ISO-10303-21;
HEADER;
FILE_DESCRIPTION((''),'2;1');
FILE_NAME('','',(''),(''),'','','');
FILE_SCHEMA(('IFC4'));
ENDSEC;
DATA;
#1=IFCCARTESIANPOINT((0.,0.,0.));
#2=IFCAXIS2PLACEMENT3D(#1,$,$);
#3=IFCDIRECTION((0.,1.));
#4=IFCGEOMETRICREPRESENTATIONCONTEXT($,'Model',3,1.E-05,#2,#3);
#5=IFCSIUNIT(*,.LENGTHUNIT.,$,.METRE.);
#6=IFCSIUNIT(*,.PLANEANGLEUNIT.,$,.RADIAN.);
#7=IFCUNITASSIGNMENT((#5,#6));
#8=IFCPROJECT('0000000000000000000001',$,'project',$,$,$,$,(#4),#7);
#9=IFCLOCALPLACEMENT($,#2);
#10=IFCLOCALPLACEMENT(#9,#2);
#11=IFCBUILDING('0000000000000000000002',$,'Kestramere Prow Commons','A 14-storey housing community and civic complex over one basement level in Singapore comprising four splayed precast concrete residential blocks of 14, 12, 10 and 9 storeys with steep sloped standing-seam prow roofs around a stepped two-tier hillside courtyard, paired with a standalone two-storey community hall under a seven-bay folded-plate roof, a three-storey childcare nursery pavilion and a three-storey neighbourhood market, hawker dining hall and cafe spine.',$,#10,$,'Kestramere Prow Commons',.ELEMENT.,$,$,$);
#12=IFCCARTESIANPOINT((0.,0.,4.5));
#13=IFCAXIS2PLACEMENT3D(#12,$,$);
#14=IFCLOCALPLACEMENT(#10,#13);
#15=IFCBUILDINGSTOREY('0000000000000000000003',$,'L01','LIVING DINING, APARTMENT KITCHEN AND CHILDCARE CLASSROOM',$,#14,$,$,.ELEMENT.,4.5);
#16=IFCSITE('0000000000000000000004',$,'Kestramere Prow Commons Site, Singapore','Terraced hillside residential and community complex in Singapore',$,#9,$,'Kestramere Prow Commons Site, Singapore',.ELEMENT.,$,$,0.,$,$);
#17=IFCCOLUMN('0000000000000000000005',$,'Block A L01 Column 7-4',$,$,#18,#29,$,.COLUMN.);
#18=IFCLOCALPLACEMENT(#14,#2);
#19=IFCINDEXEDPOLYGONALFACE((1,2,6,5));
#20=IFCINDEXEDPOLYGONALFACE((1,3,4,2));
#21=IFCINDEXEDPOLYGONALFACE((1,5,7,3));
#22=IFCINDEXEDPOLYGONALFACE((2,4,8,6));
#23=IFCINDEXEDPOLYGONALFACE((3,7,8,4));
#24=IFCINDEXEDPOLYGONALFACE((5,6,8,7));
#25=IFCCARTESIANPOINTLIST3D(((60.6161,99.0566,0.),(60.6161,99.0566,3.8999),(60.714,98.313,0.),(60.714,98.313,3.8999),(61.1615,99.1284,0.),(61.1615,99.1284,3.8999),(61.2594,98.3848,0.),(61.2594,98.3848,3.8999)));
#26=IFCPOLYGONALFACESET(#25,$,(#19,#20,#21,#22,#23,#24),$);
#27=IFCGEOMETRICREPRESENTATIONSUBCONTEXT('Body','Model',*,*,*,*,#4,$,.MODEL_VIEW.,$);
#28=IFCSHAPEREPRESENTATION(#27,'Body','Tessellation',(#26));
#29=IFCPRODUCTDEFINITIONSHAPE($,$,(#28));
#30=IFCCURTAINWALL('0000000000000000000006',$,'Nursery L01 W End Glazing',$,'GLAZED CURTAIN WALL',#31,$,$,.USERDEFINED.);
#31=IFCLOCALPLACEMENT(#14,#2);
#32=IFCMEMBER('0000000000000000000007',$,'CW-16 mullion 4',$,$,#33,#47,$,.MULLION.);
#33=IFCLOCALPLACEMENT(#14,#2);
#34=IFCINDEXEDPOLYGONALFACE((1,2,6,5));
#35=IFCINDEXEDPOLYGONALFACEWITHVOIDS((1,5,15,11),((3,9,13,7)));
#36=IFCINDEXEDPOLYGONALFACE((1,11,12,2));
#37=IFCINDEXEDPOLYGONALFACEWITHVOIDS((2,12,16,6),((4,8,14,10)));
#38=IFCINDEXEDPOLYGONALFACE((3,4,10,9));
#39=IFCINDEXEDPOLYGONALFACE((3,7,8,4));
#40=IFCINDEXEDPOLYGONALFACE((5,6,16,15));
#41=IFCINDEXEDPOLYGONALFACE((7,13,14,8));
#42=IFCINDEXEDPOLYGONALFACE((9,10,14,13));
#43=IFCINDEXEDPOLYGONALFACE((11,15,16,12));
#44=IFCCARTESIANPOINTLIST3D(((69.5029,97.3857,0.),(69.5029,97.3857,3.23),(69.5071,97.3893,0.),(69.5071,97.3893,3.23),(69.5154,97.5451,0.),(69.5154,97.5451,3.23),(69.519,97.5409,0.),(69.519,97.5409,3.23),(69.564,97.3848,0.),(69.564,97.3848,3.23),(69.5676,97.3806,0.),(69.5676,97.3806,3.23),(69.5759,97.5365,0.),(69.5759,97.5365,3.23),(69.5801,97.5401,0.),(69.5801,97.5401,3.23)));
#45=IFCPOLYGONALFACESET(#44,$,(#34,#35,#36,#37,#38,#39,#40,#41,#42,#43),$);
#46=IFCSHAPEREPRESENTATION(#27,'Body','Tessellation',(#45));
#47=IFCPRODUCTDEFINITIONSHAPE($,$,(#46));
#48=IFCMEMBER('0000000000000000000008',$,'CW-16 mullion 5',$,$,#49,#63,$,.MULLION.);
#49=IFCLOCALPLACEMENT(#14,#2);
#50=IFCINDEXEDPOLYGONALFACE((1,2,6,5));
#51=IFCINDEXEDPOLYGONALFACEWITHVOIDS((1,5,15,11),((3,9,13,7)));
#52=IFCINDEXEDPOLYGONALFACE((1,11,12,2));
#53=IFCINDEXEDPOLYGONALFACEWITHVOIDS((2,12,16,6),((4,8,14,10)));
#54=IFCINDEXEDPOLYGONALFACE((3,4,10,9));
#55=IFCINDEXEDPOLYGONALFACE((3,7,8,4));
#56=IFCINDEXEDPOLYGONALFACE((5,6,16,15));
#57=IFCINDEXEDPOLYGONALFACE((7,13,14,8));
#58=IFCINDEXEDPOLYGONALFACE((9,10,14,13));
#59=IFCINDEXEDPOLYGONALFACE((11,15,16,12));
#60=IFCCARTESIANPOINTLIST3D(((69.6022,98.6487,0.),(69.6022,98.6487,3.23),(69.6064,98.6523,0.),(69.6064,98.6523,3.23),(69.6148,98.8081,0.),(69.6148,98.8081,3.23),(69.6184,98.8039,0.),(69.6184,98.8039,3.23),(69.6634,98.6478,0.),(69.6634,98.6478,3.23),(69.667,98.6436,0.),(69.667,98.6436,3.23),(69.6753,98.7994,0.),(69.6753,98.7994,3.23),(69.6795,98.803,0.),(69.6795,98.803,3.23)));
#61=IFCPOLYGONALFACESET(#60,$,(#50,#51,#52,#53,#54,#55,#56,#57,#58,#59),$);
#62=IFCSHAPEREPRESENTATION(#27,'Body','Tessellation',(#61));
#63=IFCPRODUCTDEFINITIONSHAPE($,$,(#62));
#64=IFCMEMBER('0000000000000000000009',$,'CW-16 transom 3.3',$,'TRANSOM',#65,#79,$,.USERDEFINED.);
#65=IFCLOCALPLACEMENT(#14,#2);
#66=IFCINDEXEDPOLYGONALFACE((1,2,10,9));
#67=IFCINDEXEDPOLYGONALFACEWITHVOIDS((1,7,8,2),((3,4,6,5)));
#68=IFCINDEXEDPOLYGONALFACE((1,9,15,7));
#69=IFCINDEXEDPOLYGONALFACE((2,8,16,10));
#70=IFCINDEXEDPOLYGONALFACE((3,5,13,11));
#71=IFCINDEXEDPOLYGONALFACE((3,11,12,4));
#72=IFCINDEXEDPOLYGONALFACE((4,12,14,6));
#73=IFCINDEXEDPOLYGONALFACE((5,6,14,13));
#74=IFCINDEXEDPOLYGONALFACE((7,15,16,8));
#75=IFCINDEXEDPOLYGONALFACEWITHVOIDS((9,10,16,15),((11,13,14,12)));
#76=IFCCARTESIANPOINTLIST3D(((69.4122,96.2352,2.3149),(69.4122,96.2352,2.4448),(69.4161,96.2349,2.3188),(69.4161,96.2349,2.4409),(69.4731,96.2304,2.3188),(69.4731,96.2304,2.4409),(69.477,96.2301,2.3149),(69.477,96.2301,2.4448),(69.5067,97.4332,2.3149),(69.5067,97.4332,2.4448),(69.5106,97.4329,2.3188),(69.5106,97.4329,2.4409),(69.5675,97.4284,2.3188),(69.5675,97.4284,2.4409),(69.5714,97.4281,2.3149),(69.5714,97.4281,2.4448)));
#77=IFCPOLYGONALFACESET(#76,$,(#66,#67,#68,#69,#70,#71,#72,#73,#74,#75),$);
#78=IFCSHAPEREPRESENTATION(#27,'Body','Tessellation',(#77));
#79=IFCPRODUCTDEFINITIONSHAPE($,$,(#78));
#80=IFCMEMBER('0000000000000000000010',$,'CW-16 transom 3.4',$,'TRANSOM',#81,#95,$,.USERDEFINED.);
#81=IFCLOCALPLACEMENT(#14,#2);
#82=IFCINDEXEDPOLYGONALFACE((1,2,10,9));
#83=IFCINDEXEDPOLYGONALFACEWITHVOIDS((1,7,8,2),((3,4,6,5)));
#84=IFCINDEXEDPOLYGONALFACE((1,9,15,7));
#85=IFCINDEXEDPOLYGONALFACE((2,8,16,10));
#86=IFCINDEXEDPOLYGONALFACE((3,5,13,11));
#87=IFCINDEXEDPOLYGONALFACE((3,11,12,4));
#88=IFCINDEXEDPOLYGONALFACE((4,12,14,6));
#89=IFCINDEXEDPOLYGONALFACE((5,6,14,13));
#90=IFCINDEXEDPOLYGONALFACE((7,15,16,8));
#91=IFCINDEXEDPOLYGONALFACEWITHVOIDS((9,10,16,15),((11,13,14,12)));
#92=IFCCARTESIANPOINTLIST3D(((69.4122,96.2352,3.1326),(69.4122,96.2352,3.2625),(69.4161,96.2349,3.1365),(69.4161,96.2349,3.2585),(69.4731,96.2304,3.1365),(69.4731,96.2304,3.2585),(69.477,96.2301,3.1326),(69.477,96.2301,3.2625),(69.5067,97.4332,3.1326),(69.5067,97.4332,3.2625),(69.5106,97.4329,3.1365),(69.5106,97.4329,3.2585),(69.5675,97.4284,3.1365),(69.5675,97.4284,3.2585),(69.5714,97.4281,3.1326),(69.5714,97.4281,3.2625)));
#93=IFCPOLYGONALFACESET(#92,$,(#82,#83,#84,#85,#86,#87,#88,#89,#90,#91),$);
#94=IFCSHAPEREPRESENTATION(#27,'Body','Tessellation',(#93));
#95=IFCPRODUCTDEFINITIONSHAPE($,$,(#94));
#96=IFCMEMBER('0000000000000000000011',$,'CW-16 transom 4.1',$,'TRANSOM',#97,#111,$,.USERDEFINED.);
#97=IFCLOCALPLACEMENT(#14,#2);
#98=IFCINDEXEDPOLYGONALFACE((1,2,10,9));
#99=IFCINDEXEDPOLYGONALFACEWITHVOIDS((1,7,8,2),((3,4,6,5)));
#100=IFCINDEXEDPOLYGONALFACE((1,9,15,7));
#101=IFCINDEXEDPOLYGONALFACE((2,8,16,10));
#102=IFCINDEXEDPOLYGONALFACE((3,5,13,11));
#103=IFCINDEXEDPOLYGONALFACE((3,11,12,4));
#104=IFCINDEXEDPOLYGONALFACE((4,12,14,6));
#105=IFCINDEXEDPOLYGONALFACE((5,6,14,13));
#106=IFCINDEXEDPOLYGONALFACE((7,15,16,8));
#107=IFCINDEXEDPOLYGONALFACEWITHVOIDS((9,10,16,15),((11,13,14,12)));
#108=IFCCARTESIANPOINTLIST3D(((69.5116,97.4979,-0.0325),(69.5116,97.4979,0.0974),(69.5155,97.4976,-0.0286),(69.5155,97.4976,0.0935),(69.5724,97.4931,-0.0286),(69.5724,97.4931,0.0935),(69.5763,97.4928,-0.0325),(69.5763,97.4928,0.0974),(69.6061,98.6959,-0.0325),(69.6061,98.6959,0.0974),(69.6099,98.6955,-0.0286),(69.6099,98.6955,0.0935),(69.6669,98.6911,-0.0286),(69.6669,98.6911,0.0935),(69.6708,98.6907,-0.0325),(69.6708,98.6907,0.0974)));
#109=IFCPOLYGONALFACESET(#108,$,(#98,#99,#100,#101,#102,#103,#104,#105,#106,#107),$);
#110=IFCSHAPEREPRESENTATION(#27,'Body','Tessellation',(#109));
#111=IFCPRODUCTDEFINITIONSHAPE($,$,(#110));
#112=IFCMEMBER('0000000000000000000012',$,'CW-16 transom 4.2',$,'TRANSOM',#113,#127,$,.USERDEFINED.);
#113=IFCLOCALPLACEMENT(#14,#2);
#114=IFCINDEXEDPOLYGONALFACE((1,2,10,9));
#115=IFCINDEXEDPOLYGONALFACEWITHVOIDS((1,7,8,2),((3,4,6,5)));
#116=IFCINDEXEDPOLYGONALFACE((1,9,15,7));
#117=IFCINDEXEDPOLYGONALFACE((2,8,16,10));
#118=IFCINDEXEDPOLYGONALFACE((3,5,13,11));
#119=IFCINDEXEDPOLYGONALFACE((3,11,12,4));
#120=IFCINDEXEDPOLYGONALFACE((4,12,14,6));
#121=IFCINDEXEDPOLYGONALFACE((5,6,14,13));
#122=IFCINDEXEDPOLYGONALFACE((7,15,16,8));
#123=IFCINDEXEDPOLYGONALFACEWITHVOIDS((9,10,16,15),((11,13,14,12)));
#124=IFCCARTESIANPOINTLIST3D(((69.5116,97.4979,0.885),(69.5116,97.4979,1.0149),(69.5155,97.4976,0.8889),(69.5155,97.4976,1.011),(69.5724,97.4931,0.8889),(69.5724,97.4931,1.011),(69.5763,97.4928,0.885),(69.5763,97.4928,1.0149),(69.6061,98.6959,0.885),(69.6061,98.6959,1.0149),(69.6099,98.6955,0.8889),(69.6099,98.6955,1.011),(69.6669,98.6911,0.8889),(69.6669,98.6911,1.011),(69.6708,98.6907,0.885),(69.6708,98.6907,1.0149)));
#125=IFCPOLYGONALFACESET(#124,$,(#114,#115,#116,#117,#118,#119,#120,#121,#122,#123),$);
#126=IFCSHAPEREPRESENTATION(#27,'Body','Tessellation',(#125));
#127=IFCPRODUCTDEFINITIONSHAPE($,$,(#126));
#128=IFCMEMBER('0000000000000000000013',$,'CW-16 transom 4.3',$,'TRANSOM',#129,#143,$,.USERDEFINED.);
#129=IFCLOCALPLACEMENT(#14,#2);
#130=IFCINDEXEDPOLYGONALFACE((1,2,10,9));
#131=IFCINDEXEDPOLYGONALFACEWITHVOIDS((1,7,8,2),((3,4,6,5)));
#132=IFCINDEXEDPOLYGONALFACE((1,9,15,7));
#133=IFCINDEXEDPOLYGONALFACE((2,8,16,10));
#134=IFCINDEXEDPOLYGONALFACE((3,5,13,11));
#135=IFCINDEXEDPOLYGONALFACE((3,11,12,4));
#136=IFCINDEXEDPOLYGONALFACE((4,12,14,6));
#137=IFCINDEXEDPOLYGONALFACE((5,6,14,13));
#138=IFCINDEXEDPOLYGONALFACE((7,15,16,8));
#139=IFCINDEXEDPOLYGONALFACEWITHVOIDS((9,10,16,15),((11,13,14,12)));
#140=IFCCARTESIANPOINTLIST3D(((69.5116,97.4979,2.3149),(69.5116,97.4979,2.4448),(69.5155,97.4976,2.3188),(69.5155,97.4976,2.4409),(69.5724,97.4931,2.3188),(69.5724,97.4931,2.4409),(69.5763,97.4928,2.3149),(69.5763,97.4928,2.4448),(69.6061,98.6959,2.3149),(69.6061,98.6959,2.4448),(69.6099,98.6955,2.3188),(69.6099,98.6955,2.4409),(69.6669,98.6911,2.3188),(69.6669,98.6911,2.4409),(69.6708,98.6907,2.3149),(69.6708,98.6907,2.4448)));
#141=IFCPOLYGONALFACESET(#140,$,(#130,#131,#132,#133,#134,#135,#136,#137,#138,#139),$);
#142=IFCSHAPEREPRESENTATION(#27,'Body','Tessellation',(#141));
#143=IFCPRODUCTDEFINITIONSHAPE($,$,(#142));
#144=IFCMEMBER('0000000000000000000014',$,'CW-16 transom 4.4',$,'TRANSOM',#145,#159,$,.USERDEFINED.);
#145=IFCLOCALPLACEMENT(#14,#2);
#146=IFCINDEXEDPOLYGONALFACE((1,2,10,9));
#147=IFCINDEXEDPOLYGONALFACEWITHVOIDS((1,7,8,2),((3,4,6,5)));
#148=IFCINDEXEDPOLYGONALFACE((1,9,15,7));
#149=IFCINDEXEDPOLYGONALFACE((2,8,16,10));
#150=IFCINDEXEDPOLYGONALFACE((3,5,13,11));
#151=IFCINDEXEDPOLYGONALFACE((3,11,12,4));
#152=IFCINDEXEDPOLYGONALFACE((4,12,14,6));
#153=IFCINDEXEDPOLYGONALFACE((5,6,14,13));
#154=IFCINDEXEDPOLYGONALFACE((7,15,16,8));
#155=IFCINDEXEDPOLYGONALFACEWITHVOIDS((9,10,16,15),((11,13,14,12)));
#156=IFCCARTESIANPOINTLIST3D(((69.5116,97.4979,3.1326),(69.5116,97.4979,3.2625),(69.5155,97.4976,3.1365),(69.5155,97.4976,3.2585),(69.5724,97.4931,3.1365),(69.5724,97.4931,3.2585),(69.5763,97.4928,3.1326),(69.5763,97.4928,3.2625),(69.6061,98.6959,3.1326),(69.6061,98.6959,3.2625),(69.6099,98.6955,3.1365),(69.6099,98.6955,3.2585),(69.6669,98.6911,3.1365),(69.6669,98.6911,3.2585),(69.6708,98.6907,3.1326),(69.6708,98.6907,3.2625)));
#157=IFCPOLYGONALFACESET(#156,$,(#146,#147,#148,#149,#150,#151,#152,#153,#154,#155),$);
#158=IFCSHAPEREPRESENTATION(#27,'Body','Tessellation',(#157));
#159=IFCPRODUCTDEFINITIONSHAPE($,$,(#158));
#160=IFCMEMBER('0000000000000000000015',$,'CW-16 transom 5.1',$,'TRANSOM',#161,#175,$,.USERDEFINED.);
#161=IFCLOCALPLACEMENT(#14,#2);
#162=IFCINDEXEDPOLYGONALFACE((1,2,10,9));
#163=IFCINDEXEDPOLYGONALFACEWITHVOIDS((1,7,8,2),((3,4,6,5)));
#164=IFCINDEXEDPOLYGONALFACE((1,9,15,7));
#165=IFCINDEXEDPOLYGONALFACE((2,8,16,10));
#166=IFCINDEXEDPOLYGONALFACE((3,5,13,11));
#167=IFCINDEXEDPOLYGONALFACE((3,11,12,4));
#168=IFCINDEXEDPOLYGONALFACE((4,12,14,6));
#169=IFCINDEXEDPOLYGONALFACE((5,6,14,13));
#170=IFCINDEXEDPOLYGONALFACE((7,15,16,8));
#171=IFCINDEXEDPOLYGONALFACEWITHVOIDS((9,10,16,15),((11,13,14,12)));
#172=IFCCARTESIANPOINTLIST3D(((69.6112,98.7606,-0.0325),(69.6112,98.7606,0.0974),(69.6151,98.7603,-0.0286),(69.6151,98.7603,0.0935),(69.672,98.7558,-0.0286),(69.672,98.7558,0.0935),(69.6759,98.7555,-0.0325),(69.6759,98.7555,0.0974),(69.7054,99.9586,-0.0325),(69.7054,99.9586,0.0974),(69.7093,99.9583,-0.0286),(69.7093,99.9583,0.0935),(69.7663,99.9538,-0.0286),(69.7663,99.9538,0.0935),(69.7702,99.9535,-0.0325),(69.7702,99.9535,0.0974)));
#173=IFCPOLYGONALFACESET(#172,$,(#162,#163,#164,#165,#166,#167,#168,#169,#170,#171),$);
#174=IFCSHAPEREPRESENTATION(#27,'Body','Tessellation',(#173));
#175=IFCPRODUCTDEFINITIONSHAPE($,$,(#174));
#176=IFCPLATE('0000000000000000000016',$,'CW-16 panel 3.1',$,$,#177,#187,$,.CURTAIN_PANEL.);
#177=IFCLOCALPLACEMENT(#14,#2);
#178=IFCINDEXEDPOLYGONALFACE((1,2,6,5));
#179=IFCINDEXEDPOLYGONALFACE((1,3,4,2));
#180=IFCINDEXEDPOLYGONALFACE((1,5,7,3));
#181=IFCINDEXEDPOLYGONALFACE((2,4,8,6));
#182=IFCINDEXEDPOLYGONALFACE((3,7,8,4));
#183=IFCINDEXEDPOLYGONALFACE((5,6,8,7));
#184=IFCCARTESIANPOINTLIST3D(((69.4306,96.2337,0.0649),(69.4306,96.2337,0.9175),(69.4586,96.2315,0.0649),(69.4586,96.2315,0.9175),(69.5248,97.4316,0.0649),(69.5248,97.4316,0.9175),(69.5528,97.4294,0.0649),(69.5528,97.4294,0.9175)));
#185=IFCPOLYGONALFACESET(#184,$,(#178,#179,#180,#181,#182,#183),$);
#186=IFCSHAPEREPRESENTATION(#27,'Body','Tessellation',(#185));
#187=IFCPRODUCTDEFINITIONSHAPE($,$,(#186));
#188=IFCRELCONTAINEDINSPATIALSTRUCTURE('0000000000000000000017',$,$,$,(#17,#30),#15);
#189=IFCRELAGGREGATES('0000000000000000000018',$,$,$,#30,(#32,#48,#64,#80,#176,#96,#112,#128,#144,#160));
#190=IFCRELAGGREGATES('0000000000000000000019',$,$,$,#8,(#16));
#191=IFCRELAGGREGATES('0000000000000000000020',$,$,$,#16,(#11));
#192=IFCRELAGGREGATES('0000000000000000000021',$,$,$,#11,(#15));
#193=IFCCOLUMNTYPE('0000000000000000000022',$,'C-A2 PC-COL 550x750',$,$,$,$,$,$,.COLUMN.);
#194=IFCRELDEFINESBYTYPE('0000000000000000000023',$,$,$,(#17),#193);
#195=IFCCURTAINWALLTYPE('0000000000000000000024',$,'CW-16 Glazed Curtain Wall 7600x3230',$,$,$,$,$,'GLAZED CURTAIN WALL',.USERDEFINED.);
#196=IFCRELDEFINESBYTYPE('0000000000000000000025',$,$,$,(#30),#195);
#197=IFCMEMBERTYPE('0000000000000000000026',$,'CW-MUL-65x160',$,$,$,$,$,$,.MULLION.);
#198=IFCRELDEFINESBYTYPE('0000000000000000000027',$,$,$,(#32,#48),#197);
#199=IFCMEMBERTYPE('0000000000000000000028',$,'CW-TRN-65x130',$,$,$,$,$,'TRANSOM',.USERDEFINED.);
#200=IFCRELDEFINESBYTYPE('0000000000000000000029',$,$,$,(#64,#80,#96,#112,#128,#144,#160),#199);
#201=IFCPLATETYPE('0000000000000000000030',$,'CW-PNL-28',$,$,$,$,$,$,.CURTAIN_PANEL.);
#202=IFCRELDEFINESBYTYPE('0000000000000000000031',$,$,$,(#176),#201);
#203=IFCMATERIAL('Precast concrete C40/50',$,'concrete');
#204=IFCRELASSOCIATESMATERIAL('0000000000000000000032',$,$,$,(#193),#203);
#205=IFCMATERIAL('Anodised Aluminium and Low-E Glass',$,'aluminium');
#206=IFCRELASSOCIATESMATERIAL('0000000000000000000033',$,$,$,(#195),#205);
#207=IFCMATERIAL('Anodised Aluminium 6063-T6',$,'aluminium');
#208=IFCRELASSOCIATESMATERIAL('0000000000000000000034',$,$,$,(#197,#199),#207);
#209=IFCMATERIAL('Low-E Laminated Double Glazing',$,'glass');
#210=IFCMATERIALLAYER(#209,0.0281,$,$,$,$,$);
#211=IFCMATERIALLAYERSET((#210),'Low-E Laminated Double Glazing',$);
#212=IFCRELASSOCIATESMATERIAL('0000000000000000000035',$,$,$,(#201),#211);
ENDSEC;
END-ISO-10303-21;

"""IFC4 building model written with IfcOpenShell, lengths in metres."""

from ifc_helpers import new_model, si_unit, direction, frame, origin, origin_2d, place, context, subcontext, project, spatial, rectangle, hollow_rectangle, extrude, material, layer, layer_set, material_profile, profile_set, type_object, element, aggregate, save


model = new_model("IFC4")

# Units and contexts
model_context = context("Model", 3, precision=1e-05, world=origin(), true_north=direction((0.0, 1.0)))
body_context = subcontext(model_context, "Body", "Model", "MODEL_VIEW")
ifc_project = project(units=[si_unit("LENGTHUNIT", "METRE"), si_unit("PLANEANGLEUNIT", "RADIAN")], contexts=[model_context])

# Site, building, storey
site_placement = place(None, origin())
site = spatial("IfcSite", under=ifc_project, at=site_placement, Name="Kestramere Prow Commons Site, Singapore", Description="Terraced hillside residential and community complex in Singapore", LongName="Kestramere Prow Commons Site, Singapore", CompositionType="ELEMENT", RefElevation=0.0)
building_placement = place(site_placement, origin())
building = spatial("IfcBuilding", under=site, at=building_placement, Name="Kestramere Prow Commons", Description="A 14-storey housing community and civic complex over one basement level in Singapore comprising four splayed precast concrete residential blocks of 14, 12, 10 and 9 storeys with steep sloped standing-seam prow roofs around a stepped two-tier hillside courtyard, paired with a standalone two-storey community hall under a seven-bay folded-plate roof, a three-storey childcare nursery pavilion and a three-storey neighbourhood market, hawker dining hall and cafe spine.", LongName="Kestramere Prow Commons", CompositionType="ELEMENT")
storey_placement = place(building_placement, frame((0.0, 0.0, 4.5)))
storey = spatial("IfcBuildingStorey", under=building, at=storey_placement, Name="L01", Description="LIVING DINING, APARTMENT KITCHEN AND CHILDCARE CLASSROOM", CompositionType="ELEMENT", Elevation=4.5)

# Column
ifc_material_1 = material(Name="Precast concrete C40/50", Category="concrete")
ifc_material_profile_1 = material_profile(ifc_material_1, rectangle(XDim=0.55, YDim=0.75, at=origin_2d()), Name="PC-COL 550x750")
ifc_profile_set_1 = profile_set([ifc_material_profile_1], Name="Precast concrete C40/50")
column_type = type_object("IfcColumnType", Name="C-A2 PC-COL 550x750", PredefinedType="COLUMN", material=ifc_profile_set_1)
column_placement = place(storey_placement, frame((60.9377, 98.7207, 0.0), z_axis=(0.0, 0.0, 1.0), x_axis=(0.991445, 0.130526, 0.0)))
element("IfcColumn", 1, at=column_placement, inside=storey, type_object=column_type, Name="Block A L01 Column 7-4", PredefinedType="COLUMN", context=body_context, shape_type="SweptSolid", body=[
    extrude(rectangle(XDim=0.55, YDim=0.75, at=origin_2d()), origin(), (0.0, 0.0, 1.0), 3.8999),
])

# Curtain wall, members, plate
ifc_material_2 = material(Name="Anodised Aluminium and Low-E Glass", Category="aluminium")
curtain_wall_type = type_object("IfcCurtainWallType", Name="CW-16 Glazed Curtain Wall 7600x3230", ElementType="GLAZED CURTAIN WALL", PredefinedType="USERDEFINED", material=ifc_material_2)
curtain_wall_placement = place(storey_placement, origin())
curtain_wall = element("IfcCurtainWall", 2, at=curtain_wall_placement, inside=storey, type_object=curtain_wall_type, Name="Nursery L01 W End Glazing", ObjectType="GLAZED CURTAIN WALL", PredefinedType="USERDEFINED")
ifc_material_3 = material(Name="Anodised Aluminium 6063-T6", Category="aluminium")
ifc_material_profile_2 = material_profile(ifc_material_3, hollow_rectangle(XDim=0.0649, YDim=0.1599, WallThickness=0.0039, at=origin_2d()), Name="ALU-MUL 65x160")
ifc_profile_set_2 = profile_set([ifc_material_profile_2], Name="Anodised Aluminium 6063-T6")
member_type_1 = type_object("IfcMemberType", Name="CW-MUL-65x160", PredefinedType="MULLION", material=ifc_profile_set_2)
member_1_placement = place(storey_placement, frame((69.5415, 97.4629, 0.0), z_axis=(0.0, 0.0, 1.0), x_axis=(-0.996917, 0.078459, 0.0)))
member_1 = element("IfcMember", 3, at=member_1_placement, type_object=member_type_1, Name="CW-16 mullion 4", PredefinedType="MULLION", context=body_context, shape_type="SweptSolid", body=[
    extrude(hollow_rectangle(XDim=0.0649, YDim=0.1599, WallThickness=0.0039, at=origin_2d()), origin(), (0.0, 0.0, 1.0), 3.23),
])
member_2_placement = place(storey_placement, frame((69.6409, 98.7258, 0.0), z_axis=(0.0, 0.0, 1.0), x_axis=(-0.996917, 0.078459, 0.0)))
member_2 = element("IfcMember", 4, at=member_2_placement, type_object=member_type_1, Name="CW-16 mullion 5", PredefinedType="MULLION", context=body_context, shape_type="SweptSolid", body=[
    extrude(hollow_rectangle(XDim=0.0649, YDim=0.1599, WallThickness=0.0039, at=origin_2d()), origin(), (0.0, 0.0, 1.0), 3.23),
])
ifc_material_profile_3 = material_profile(ifc_material_3, hollow_rectangle(XDim=0.0649, YDim=0.1299, WallThickness=0.0039, at=origin_2d()), Name="ALU-TRN 65x130")
ifc_profile_set_3 = profile_set([ifc_material_profile_3], Name="Anodised Aluminium 6063-T6")
member_type_2 = type_object("IfcMemberType", Name="CW-TRN-65x130", ElementType="TRANSOM", PredefinedType="USERDEFINED", material=ifc_profile_set_3)
member_3_placement = place(storey_placement, frame((69.4446, 96.2327, 2.3799), z_axis=(0.078623, 0.996904, 0.0), x_axis=(-0.996904, 0.078623, 0.0)))
member_3 = element("IfcMember", 5, at=member_3_placement, type_object=member_type_2, Name="CW-16 transom 3.3", ObjectType="TRANSOM", PredefinedType="USERDEFINED", context=body_context, shape_type="SweptSolid", body=[
    extrude(hollow_rectangle(XDim=0.0649, YDim=0.1299, WallThickness=0.0039, at=origin_2d()), origin(), (0.0, 0.0, 1.0), 1.2017),
])
member_4_placement = place(storey_placement, frame((69.4446, 96.2327, 3.1975), z_axis=(0.078623, 0.996904, 0.0), x_axis=(-0.996904, 0.078623, 0.0)))
member_4 = element("IfcMember", 6, at=member_4_placement, type_object=member_type_2, Name="CW-16 transom 3.4", ObjectType="TRANSOM", PredefinedType="USERDEFINED", context=body_context, shape_type="SweptSolid", body=[
    extrude(hollow_rectangle(XDim=0.0649, YDim=0.1299, WallThickness=0.0039, at=origin_2d()), origin(), (0.0, 0.0, 1.0), 1.2017),
])
member_5_placement = place(storey_placement, frame((69.5439, 97.4954, 0.0325), z_axis=(0.078623, 0.996904, 0.0), x_axis=(-0.996904, 0.078623, 0.0)))
member_5 = element("IfcMember", 7, at=member_5_placement, type_object=member_type_2, Name="CW-16 transom 4.1", ObjectType="TRANSOM", PredefinedType="USERDEFINED", context=body_context, shape_type="SweptSolid", body=[
    extrude(hollow_rectangle(XDim=0.0649, YDim=0.1299, WallThickness=0.0039, at=origin_2d()), origin(), (0.0, 0.0, 1.0), 1.2017),
])
member_6_placement = place(storey_placement, frame((69.5439, 97.4954, 0.95), z_axis=(0.078623, 0.996904, 0.0), x_axis=(-0.996904, 0.078623, 0.0)))
member_6 = element("IfcMember", 8, at=member_6_placement, type_object=member_type_2, Name="CW-16 transom 4.2", ObjectType="TRANSOM", PredefinedType="USERDEFINED", context=body_context, shape_type="SweptSolid", body=[
    extrude(hollow_rectangle(XDim=0.0649, YDim=0.1299, WallThickness=0.0039, at=origin_2d()), origin(), (0.0, 0.0, 1.0), 1.2017),
])
member_7_placement = place(storey_placement, frame((69.5439, 97.4954, 2.3799), z_axis=(0.078623, 0.996904, 0.0), x_axis=(-0.996904, 0.078623, 0.0)))
member_7 = element("IfcMember", 9, at=member_7_placement, type_object=member_type_2, Name="CW-16 transom 4.3", ObjectType="TRANSOM", PredefinedType="USERDEFINED", context=body_context, shape_type="SweptSolid", body=[
    extrude(hollow_rectangle(XDim=0.0649, YDim=0.1299, WallThickness=0.0039, at=origin_2d()), origin(), (0.0, 0.0, 1.0), 1.2017),
])
member_8_placement = place(storey_placement, frame((69.5439, 97.4954, 3.1975), z_axis=(0.078623, 0.996904, 0.0), x_axis=(-0.996904, 0.078623, 0.0)))
member_8 = element("IfcMember", 10, at=member_8_placement, type_object=member_type_2, Name="CW-16 transom 4.4", ObjectType="TRANSOM", PredefinedType="USERDEFINED", context=body_context, shape_type="SweptSolid", body=[
    extrude(hollow_rectangle(XDim=0.0649, YDim=0.1299, WallThickness=0.0039, at=origin_2d()), origin(), (0.0, 0.0, 1.0), 1.2017),
])
member_9_placement = place(storey_placement, frame((69.6436, 98.7581, 0.0325), z_axis=(0.078421, 0.99692, 0.0), x_axis=(-0.99692, 0.078421, 0.0)))
member_9 = element("IfcMember", 11, at=member_9_placement, type_object=member_type_2, Name="CW-16 transom 5.1", ObjectType="TRANSOM", PredefinedType="USERDEFINED", context=body_context, shape_type="SweptSolid", body=[
    extrude(hollow_rectangle(XDim=0.0649, YDim=0.1299, WallThickness=0.0039, at=origin_2d()), origin(), (0.0, 0.0, 1.0), 1.2017),
])
ifc_material_4 = material(Name="Low-E Laminated Double Glazing", Category="glass")
ifc_layer_1 = layer(ifc_material_4, 0.0281)
ifc_layer_set_1 = layer_set([ifc_layer_1], Name="Low-E Laminated Double Glazing")
plate_type = type_object("IfcPlateType", Name="CW-PNL-28", PredefinedType="CURTAIN_PANEL", material=ifc_layer_set_1)
plate_1_placement = place(storey_placement, frame((69.4917, 96.8315, 0.0649), z_axis=(0.0, 0.0, 1.0), x_axis=(0.078459, 0.996917, 0.0)))
plate_1 = element("IfcPlate", 12, at=plate_1_placement, type_object=plate_type, Name="CW-16 panel 3.1", PredefinedType="CURTAIN_PANEL", context=body_context, shape_type="SweptSolid", body=[
    extrude(rectangle(XDim=1.2017, YDim=0.0281, at=origin_2d()), origin(), (0.0, 0.0, 1.0), 0.8525),
])
aggregate(curtain_wall, [member_1, member_2, member_3, member_4, plate_1, member_5, member_6, member_7, member_8, member_9])

save(model, "model.ifc")
